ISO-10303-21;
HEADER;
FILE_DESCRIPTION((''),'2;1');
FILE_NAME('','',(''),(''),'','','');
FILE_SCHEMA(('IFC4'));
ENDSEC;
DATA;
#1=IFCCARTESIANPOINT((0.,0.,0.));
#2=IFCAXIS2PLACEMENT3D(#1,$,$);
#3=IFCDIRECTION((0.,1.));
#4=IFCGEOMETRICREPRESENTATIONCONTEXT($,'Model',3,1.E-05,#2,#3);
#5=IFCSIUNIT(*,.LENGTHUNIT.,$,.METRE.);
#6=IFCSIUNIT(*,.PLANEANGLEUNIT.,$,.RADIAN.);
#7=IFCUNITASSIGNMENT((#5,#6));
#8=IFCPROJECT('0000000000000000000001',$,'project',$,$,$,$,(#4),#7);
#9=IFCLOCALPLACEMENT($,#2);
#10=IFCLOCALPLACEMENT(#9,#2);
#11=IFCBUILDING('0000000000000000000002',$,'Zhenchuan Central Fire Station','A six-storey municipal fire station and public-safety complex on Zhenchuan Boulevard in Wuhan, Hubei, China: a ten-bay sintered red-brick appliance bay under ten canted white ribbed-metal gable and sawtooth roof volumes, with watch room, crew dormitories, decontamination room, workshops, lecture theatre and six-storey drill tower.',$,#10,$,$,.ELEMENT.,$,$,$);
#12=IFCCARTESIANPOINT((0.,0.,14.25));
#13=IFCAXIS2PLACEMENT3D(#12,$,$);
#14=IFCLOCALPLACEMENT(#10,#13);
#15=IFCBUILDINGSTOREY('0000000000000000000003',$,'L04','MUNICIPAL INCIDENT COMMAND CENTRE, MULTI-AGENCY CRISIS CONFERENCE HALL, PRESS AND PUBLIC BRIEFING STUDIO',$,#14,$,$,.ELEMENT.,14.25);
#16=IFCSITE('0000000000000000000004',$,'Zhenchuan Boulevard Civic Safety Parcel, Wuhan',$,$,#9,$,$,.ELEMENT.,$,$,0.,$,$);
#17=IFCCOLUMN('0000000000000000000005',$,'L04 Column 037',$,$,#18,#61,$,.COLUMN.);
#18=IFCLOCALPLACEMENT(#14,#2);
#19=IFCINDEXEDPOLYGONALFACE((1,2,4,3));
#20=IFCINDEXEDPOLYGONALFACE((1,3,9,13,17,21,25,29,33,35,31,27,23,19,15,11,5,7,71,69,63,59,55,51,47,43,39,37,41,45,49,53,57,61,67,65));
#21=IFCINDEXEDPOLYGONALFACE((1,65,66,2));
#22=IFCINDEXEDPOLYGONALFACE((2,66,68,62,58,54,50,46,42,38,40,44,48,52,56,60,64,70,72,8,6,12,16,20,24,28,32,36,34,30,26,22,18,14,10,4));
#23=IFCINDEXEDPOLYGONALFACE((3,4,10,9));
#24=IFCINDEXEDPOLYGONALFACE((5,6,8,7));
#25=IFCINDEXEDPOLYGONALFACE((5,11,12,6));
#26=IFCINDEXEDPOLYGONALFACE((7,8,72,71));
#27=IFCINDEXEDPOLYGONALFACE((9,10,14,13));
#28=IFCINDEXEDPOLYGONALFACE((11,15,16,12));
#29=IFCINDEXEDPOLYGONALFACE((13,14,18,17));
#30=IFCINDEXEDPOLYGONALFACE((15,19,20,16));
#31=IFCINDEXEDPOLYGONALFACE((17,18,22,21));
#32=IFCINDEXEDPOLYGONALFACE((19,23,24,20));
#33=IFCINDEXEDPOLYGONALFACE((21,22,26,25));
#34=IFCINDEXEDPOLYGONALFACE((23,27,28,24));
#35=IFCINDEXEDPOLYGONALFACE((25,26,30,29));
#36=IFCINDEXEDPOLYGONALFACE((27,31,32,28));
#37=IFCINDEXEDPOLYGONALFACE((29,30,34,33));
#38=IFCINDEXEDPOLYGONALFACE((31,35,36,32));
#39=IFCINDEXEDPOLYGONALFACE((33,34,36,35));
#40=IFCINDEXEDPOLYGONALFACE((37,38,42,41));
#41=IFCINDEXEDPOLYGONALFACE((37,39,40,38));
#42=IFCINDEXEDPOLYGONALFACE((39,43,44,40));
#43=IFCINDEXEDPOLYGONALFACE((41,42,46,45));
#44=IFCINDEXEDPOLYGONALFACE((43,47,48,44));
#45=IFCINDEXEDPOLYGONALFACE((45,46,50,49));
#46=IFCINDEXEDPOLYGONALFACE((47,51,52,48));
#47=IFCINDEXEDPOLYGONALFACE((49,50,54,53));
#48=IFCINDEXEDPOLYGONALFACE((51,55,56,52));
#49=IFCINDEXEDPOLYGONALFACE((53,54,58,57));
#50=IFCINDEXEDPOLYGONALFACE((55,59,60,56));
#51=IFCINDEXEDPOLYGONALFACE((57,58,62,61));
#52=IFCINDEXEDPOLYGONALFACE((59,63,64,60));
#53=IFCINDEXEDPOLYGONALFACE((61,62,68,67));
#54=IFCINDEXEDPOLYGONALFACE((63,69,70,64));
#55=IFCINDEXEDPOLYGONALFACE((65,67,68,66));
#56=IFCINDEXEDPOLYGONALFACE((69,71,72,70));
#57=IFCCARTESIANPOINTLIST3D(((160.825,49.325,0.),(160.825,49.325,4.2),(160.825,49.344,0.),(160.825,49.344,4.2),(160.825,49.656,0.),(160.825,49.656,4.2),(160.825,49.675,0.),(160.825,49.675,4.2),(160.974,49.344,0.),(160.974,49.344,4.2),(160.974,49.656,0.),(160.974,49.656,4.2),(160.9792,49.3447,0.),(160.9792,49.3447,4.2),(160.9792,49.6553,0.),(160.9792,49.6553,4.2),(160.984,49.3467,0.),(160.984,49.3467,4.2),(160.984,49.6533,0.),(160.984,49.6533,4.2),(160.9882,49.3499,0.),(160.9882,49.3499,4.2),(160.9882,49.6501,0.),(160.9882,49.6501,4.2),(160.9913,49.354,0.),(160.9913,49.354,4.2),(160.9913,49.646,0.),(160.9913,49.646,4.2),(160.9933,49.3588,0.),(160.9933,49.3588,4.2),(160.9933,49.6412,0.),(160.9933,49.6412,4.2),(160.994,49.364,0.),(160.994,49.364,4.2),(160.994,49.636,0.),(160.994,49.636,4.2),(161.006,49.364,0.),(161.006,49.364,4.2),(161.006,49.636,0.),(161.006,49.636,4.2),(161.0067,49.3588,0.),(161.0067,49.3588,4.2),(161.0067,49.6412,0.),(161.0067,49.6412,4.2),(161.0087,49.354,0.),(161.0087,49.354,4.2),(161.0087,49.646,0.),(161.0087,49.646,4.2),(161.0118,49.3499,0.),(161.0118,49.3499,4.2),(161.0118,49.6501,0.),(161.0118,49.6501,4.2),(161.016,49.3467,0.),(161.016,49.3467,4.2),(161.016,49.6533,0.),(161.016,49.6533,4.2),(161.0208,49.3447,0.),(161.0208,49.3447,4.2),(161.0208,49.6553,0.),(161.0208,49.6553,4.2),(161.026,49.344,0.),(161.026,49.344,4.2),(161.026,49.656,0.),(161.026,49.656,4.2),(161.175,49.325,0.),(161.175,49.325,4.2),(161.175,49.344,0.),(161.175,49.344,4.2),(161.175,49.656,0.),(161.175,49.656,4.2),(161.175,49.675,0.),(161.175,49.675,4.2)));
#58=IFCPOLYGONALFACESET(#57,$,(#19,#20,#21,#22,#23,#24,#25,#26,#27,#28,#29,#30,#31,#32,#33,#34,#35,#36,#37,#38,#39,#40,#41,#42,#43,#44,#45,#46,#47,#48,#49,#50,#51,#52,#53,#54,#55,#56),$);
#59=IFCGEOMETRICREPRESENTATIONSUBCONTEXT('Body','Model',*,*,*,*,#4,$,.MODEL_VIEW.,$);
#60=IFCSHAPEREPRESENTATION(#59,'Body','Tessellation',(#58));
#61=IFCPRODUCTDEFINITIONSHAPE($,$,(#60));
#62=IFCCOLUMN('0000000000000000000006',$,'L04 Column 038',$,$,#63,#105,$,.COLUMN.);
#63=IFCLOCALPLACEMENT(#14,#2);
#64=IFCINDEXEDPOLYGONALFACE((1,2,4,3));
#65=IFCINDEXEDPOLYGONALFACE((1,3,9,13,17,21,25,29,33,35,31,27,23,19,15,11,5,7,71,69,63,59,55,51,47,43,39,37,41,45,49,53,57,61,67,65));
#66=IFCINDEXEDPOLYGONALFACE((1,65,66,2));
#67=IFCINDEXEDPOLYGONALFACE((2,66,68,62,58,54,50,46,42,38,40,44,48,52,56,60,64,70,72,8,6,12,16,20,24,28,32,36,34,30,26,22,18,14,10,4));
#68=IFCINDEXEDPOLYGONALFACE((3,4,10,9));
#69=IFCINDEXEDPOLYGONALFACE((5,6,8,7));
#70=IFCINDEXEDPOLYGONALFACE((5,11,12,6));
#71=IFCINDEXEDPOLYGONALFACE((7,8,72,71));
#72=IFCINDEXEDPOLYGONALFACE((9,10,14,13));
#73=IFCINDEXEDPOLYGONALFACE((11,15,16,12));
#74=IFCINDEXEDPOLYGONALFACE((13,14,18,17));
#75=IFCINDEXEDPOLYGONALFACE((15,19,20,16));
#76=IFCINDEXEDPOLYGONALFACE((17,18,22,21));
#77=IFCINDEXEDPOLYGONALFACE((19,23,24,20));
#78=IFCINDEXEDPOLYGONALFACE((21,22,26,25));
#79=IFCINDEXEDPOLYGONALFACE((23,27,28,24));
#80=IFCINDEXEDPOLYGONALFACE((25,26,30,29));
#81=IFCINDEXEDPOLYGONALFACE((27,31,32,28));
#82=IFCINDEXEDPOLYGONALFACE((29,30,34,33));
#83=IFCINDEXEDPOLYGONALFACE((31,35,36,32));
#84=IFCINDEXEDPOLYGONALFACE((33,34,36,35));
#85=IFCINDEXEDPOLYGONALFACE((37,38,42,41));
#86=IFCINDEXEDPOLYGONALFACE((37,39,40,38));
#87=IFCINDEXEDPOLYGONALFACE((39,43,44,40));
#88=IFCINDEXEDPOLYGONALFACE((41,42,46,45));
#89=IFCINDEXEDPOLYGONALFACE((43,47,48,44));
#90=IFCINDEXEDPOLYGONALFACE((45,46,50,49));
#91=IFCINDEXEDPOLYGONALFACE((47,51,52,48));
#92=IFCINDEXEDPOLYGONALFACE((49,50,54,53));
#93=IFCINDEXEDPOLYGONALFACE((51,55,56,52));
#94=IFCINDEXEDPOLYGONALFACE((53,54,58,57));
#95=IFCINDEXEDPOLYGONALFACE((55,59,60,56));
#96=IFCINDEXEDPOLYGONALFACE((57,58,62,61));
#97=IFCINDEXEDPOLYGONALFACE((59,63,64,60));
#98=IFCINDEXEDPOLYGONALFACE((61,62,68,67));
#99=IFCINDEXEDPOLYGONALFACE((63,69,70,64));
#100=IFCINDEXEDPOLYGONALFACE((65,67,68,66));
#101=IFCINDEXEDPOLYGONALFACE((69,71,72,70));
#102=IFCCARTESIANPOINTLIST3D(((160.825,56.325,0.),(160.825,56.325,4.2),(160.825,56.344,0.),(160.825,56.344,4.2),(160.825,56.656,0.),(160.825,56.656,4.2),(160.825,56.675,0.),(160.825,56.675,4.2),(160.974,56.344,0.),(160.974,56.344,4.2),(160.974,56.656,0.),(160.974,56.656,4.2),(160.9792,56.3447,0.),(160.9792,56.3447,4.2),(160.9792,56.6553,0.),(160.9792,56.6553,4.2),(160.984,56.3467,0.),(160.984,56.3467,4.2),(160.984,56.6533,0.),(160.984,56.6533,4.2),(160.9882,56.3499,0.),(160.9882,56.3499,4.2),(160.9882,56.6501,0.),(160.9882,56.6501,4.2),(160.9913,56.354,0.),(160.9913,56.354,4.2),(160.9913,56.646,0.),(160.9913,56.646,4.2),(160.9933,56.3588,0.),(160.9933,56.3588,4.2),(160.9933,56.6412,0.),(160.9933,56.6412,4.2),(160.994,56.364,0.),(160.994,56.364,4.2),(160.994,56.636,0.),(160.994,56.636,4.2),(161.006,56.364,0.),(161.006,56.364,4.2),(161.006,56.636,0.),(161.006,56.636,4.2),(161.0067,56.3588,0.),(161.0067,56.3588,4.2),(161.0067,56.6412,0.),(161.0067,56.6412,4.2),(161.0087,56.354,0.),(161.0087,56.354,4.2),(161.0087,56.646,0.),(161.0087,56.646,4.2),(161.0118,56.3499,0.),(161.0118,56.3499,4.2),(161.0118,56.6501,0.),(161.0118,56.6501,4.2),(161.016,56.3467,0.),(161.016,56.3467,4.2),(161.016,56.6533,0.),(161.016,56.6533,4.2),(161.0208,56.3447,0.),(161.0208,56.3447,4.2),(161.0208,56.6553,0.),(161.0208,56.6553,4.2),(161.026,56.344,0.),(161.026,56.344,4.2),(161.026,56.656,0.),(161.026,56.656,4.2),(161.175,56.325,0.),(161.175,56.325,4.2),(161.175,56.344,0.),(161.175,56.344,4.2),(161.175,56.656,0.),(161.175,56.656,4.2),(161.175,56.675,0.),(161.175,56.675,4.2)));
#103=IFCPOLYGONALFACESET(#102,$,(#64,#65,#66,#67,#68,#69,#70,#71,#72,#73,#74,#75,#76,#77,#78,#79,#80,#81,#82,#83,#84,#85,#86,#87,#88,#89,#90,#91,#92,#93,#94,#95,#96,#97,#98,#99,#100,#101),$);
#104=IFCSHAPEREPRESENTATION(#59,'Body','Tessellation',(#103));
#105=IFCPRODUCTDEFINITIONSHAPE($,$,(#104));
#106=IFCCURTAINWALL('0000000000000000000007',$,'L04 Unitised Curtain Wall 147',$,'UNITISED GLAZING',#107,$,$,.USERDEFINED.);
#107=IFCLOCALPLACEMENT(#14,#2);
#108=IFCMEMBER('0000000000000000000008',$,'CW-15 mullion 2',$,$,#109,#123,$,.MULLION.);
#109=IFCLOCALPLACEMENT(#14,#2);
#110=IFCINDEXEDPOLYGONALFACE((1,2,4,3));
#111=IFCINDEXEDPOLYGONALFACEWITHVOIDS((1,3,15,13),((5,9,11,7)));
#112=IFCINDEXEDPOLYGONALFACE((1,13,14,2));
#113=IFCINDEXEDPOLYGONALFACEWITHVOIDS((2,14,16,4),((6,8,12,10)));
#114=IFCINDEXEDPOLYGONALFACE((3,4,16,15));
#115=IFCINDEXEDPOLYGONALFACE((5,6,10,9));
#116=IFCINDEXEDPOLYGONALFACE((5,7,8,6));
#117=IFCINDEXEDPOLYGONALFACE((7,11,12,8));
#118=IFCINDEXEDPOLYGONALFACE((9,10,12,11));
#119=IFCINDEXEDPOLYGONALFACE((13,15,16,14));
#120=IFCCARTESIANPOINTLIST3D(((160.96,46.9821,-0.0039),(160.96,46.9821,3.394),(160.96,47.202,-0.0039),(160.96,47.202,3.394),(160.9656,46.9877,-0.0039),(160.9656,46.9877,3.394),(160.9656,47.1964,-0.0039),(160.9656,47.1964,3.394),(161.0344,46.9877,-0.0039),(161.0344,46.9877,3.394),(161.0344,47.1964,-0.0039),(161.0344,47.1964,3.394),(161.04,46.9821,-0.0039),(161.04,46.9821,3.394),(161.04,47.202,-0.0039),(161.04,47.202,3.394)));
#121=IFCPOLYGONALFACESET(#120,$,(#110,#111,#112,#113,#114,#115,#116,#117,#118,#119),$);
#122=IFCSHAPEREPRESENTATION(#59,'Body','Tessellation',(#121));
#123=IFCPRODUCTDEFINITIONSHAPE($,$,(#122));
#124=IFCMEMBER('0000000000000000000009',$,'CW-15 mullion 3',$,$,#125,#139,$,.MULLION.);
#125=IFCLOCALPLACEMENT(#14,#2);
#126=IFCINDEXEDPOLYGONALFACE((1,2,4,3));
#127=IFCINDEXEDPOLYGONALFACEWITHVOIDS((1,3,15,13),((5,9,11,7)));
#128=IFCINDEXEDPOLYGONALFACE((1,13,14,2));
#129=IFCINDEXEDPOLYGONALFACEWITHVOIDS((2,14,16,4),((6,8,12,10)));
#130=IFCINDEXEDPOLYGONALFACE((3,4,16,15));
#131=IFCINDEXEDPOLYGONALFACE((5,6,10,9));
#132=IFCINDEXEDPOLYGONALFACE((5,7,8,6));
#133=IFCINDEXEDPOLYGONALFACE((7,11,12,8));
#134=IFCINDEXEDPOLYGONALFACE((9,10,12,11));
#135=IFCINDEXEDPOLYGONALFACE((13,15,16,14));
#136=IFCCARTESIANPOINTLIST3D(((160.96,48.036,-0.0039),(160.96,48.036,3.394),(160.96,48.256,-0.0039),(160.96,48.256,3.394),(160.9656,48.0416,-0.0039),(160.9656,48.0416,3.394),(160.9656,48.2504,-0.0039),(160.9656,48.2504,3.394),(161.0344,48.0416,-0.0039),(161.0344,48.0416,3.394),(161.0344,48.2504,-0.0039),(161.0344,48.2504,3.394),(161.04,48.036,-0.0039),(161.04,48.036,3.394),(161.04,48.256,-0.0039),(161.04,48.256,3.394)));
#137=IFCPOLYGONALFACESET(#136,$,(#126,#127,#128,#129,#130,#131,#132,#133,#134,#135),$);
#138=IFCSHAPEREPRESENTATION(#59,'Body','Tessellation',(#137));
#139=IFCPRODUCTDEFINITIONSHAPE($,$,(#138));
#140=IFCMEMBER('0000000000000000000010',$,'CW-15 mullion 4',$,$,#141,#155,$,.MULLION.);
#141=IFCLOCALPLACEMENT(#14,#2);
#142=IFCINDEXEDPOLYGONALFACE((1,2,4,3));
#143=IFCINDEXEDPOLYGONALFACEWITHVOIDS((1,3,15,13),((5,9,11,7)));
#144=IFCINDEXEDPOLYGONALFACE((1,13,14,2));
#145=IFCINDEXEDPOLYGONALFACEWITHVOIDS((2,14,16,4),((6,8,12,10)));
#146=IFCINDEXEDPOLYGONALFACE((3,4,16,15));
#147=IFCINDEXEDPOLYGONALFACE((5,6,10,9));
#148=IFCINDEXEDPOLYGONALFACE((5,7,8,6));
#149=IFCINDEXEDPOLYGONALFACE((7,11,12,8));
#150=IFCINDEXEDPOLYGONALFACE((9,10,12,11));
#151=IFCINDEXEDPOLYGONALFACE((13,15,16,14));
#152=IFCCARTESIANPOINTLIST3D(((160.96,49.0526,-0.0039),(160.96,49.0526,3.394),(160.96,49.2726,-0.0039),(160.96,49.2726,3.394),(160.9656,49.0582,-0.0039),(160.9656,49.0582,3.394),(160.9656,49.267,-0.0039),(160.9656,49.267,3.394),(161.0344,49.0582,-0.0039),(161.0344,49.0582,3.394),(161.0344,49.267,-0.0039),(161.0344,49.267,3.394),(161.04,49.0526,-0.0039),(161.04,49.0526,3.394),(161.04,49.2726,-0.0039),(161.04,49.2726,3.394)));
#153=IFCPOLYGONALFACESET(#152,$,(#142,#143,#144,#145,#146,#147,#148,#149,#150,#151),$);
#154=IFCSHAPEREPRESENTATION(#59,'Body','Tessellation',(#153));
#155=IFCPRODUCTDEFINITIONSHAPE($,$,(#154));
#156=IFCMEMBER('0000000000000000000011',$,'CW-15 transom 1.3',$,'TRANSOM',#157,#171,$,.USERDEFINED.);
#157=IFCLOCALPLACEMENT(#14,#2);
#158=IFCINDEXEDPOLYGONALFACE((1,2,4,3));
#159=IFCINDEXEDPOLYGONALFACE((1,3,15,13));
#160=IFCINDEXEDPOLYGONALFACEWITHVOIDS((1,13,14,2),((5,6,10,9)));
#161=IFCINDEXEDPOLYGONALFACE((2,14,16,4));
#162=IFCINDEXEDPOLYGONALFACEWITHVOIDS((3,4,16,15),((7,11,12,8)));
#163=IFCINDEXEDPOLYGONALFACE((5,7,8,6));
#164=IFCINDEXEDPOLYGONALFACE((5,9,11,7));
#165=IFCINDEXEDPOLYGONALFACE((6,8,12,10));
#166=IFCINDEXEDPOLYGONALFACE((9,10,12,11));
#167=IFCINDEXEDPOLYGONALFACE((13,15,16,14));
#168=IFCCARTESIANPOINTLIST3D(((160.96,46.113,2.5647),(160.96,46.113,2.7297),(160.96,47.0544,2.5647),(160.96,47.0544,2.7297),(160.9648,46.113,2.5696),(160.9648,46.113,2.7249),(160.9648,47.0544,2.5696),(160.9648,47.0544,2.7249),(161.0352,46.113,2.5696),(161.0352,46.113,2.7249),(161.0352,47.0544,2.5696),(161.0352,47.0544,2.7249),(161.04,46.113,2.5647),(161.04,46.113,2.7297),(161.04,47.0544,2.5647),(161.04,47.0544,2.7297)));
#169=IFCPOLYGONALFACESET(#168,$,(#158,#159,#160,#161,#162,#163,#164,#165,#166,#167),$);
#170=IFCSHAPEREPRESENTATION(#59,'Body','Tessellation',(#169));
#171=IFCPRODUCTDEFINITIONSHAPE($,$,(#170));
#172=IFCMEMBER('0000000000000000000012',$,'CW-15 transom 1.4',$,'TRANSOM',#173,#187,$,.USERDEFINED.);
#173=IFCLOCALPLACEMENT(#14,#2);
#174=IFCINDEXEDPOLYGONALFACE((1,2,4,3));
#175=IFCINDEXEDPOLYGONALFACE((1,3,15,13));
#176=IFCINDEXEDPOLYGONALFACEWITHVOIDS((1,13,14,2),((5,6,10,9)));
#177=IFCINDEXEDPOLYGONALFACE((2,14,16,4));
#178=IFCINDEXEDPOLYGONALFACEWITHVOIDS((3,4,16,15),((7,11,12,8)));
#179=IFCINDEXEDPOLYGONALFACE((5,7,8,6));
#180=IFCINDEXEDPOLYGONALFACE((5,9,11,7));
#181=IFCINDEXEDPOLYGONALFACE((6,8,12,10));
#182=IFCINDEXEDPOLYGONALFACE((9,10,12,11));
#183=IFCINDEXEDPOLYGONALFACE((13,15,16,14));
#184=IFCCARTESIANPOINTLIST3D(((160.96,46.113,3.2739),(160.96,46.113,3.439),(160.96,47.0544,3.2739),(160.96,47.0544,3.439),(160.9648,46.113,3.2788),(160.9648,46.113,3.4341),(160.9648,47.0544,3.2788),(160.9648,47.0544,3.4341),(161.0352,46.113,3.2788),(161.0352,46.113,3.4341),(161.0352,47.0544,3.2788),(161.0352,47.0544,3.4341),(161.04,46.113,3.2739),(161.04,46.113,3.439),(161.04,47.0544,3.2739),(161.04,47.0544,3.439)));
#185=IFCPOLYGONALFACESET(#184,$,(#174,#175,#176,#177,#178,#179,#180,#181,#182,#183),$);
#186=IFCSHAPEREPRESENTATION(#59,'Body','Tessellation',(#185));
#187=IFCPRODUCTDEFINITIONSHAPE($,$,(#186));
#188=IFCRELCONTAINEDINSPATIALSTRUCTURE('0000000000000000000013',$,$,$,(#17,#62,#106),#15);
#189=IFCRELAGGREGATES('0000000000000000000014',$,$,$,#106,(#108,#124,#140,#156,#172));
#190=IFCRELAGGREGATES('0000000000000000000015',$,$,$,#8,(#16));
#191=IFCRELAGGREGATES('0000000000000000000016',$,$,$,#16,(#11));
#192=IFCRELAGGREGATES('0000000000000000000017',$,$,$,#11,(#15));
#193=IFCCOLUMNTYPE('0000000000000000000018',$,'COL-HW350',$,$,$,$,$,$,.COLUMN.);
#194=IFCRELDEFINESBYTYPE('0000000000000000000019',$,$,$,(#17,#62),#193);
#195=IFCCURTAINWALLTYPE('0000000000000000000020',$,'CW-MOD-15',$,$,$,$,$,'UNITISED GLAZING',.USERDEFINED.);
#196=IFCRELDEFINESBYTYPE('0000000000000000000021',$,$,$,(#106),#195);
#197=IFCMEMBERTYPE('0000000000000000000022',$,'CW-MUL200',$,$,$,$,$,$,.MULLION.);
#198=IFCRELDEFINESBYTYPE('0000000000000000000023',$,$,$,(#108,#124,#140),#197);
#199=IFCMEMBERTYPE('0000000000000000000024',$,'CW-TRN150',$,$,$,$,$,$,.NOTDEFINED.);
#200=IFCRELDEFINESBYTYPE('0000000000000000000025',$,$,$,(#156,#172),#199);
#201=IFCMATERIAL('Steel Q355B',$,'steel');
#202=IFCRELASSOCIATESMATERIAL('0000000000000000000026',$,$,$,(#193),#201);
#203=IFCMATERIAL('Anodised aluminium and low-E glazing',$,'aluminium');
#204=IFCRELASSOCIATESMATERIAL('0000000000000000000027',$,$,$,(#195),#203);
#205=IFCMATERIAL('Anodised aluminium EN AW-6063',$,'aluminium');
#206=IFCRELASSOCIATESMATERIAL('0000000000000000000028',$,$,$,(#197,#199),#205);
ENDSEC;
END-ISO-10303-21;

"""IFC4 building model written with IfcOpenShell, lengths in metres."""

from ifc_helpers import new_model, si_unit, direction, frame, origin, origin_2d, place, context, subcontext, project, spatial, hollow_rectangle, i_section, extrude, material, material_profile, profile_set, type_object, element, aggregate, save


model = new_model("IFC4")

# Units and contexts
model_context = context("Model", 3, precision=1e-05, world=origin(), true_north=direction((0.0, 1.0)))
body_context = subcontext(model_context, "Body", "Model", "MODEL_VIEW")
ifc_project = project(units=[si_unit("LENGTHUNIT", "METRE"), si_unit("PLANEANGLEUNIT", "RADIAN")], contexts=[model_context])

# Site, building, storey
site_placement = place(None, origin())
site = spatial("IfcSite", under=ifc_project, at=site_placement, Name="Zhenchuan Boulevard Civic Safety Parcel, Wuhan", CompositionType="ELEMENT", RefElevation=0.0)
building_placement = place(site_placement, origin())
building = spatial("IfcBuilding", under=site, at=building_placement, Name="Zhenchuan Central Fire Station", Description="A six-storey municipal fire station and public-safety complex on Zhenchuan Boulevard in Wuhan, Hubei, China: a ten-bay sintered red-brick appliance bay under ten canted white ribbed-metal gable and sawtooth roof volumes, with watch room, crew dormitories, decontamination room, workshops, lecture theatre and six-storey drill tower.", CompositionType="ELEMENT")
storey_placement = place(building_placement, frame((0.0, 0.0, 14.25)))
storey = spatial("IfcBuildingStorey", under=building, at=storey_placement, Name="L04", Description="MUNICIPAL INCIDENT COMMAND CENTRE, MULTI-AGENCY CRISIS CONFERENCE HALL, PRESS AND PUBLIC BRIEFING STUDIO", CompositionType="ELEMENT", Elevation=14.25)

# Columns
ifc_material_1 = material(Name="Steel Q355B", Category="steel")
ifc_material_profile_1 = material_profile(ifc_material_1, i_section(OverallWidth=0.3501, OverallDepth=0.3501, WebThickness=0.012, FlangeThickness=0.019, FilletRadius=0.02, at=origin_2d()), Name="HW 350x350")
ifc_profile_set_1 = profile_set([ifc_material_profile_1], Name="Steel Q355B")
column_type = type_object("IfcColumnType", Name="COL-HW350", PredefinedType="COLUMN", material=ifc_profile_set_1)
for number, where, z_axis, x_axis, name in (
    (1, (161.0, 49.5, 0.0), (0.0, 0.0, 1.0), (1.0, 0.0, 0.0), "L04 Column 037"),
    (2, (161.0, 56.5, 0.0), (0.0, 0.0, 1.0), (1.0, 0.0, 0.0), "L04 Column 038"),
):
    element("IfcColumn", number, at=place(storey_placement, frame(where, z_axis=z_axis, x_axis=x_axis)), inside=storey, type_object=column_type, Name=name, PredefinedType="COLUMN", context=body_context, shape_type="SweptSolid", body=[
        extrude(i_section(OverallWidth=0.3501, OverallDepth=0.3501, WebThickness=0.012, FlangeThickness=0.019, FilletRadius=0.02, at=origin_2d()), origin(), (0.0, 0.0, 1.0), 4.2),
    ])

# Curtain wall, members
ifc_material_2 = material(Name="Anodised aluminium and low-E glazing", Category="aluminium")
curtain_wall_type = type_object("IfcCurtainWallType", Name="CW-MOD-15", ElementType="UNITISED GLAZING", PredefinedType="USERDEFINED", material=ifc_material_2)
curtain_wall_placement = place(storey_placement, origin())
curtain_wall = element("IfcCurtainWall", 3, at=curtain_wall_placement, inside=storey, type_object=curtain_wall_type, Name="L04 Unitised Curtain Wall 147", ObjectType="UNITISED GLAZING", PredefinedType="USERDEFINED")
ifc_material_3 = material(Name="Anodised aluminium EN AW-6063", Category="aluminium")
ifc_material_profile_2 = material_profile(ifc_material_3, hollow_rectangle(XDim=0.0801, YDim=0.22, WallThickness=0.0056, at=origin_2d()), Name="ALU-M 220x80")
ifc_profile_set_2 = profile_set([ifc_material_profile_2], Name="Anodised aluminium EN AW-6063")
member_type_1 = type_object("IfcMemberType", Name="CW-MUL200", PredefinedType="MULLION", material=ifc_profile_set_2)
member_1_placement = place(storey_placement, frame((161.0, 47.092, -0.0039), z_axis=(0.0, 0.0, 1.0), x_axis=(-1.0, 0.0, 0.0)))
member_1 = element("IfcMember", 4, at=member_1_placement, type_object=member_type_1, Name="CW-15 mullion 2", PredefinedType="MULLION", context=body_context, shape_type="SweptSolid", body=[
    extrude(hollow_rectangle(XDim=0.0801, YDim=0.22, WallThickness=0.0056, at=origin_2d()), origin(), (0.0, 0.0, 1.0), 3.3979),
])
member_2_placement = place(storey_placement, frame((161.0, 48.146, -0.0039), z_axis=(0.0, 0.0, 1.0), x_axis=(-1.0, 0.0, 0.0)))
member_2 = element("IfcMember", 5, at=member_2_placement, type_object=member_type_1, Name="CW-15 mullion 3", PredefinedType="MULLION", context=body_context, shape_type="SweptSolid", body=[
    extrude(hollow_rectangle(XDim=0.0801, YDim=0.22, WallThickness=0.0056, at=origin_2d()), origin(), (0.0, 0.0, 1.0), 3.3979),
])
member_3_placement = place(storey_placement, frame((161.0, 49.1626, -0.0039), z_axis=(0.0, 0.0, 1.0), x_axis=(-1.0, 0.0, 0.0)))
member_3 = element("IfcMember", 6, at=member_3_placement, type_object=member_type_1, Name="CW-15 mullion 4", PredefinedType="MULLION", context=body_context, shape_type="SweptSolid", body=[
    extrude(hollow_rectangle(XDim=0.0801, YDim=0.22, WallThickness=0.0056, at=origin_2d()), origin(), (0.0, 0.0, 1.0), 3.3979),
])
ifc_material_profile_3 = material_profile(ifc_material_3, hollow_rectangle(XDim=0.0801, YDim=0.165, WallThickness=0.0049, at=origin_2d()), Name="ALU-T 165x80")
ifc_profile_set_3 = profile_set([ifc_material_profile_3], Name="Anodised aluminium EN AW-6063")
member_type_2 = type_object("IfcMemberType", Name="CW-TRN150", PredefinedType="NOTDEFINED", material=ifc_profile_set_3)
member_4_placement = place(storey_placement, frame((161.0, 46.113, 2.6472), z_axis=(0.0, 1.0, 0.0), x_axis=(-1.0, 0.0, 0.0)))
member_4 = element("IfcMember", 7, at=member_4_placement, type_object=member_type_2, Name="CW-15 transom 1.3", ObjectType="TRANSOM", PredefinedType="USERDEFINED", context=body_context, shape_type="SweptSolid", body=[
    extrude(hollow_rectangle(XDim=0.0801, YDim=0.165, WallThickness=0.0049, at=origin_2d()), origin(), (0.0, 0.0, 1.0), 0.9414),
])
member_5_placement = place(storey_placement, frame((161.0, 46.113, 3.3564), z_axis=(0.0, 1.0, 0.0), x_axis=(-1.0, 0.0, 0.0)))
member_5 = element("IfcMember", 8, at=member_5_placement, type_object=member_type_2, Name="CW-15 transom 1.4", ObjectType="TRANSOM", PredefinedType="USERDEFINED", context=body_context, shape_type="SweptSolid", body=[
    extrude(hollow_rectangle(XDim=0.0801, YDim=0.165, WallThickness=0.0049, at=origin_2d()), origin(), (0.0, 0.0, 1.0), 0.9414),
])

aggregate(curtain_wall, [member_1, member_2, member_3, member_4, member_5])

save(model, "model.ifc")
